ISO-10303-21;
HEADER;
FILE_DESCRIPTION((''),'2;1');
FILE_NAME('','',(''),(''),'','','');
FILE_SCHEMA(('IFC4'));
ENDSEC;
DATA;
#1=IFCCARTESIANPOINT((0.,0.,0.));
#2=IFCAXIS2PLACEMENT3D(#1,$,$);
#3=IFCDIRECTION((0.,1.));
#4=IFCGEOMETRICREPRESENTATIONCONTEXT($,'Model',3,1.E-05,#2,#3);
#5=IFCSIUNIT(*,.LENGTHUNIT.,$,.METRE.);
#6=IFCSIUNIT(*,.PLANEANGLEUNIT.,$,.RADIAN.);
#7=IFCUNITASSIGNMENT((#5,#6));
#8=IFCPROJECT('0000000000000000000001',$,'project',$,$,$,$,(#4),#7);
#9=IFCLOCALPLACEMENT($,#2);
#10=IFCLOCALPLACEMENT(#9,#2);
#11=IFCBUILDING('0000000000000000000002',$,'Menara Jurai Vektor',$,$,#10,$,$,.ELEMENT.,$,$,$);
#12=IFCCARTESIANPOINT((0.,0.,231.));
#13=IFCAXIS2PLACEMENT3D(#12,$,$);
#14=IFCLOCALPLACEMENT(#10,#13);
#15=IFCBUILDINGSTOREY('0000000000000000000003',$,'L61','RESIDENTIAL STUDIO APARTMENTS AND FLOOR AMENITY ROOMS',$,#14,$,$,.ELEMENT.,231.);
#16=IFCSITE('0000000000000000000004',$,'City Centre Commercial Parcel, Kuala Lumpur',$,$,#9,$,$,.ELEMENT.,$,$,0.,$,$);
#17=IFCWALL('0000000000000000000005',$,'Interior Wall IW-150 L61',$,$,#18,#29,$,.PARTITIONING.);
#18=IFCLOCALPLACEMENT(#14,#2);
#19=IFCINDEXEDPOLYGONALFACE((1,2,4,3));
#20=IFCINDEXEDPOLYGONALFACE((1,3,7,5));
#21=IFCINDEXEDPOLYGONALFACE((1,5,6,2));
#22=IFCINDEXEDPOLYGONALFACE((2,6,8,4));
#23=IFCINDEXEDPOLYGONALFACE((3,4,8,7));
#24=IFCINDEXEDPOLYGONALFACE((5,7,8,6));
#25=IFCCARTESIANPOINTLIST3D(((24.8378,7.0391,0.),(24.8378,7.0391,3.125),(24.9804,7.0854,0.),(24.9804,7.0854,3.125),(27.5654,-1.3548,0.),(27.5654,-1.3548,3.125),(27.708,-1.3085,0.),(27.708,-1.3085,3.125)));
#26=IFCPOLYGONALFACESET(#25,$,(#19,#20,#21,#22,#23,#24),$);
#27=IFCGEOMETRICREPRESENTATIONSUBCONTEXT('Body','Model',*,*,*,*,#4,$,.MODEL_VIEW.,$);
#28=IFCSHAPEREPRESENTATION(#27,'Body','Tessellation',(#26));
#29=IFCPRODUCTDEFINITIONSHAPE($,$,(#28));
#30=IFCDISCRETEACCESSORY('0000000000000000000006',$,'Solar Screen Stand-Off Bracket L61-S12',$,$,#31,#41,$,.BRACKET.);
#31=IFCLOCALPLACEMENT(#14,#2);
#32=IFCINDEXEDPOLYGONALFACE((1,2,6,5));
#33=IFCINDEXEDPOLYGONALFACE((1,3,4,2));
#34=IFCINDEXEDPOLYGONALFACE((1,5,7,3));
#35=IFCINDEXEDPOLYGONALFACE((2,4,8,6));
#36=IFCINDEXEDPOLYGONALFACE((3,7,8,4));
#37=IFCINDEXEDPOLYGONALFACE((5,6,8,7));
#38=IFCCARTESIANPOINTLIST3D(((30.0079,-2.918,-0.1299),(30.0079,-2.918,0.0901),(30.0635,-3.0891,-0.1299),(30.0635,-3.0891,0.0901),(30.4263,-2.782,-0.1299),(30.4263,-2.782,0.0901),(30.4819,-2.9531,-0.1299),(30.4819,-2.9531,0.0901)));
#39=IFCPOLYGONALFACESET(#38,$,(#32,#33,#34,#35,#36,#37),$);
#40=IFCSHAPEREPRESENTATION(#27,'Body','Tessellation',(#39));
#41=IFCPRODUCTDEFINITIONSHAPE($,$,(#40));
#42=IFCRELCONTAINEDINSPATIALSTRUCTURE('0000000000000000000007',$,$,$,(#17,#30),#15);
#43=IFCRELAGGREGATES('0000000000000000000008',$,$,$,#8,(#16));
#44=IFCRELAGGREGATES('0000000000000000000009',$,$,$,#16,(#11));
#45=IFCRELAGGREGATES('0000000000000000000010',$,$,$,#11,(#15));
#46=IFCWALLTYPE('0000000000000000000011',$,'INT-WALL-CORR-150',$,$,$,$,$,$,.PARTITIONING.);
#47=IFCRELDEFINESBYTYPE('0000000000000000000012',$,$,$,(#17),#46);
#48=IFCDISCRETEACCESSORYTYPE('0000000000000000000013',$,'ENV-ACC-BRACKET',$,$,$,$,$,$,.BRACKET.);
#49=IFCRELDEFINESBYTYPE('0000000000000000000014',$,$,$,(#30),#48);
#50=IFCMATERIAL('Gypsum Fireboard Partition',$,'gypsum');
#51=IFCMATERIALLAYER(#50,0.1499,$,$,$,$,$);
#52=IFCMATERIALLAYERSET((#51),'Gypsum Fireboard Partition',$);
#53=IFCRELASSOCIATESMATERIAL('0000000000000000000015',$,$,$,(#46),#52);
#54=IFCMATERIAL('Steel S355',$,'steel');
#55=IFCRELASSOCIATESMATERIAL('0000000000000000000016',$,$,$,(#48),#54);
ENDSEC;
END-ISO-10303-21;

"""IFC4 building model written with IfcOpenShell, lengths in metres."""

from ifc_helpers import new_model, si_unit, direction, frame, frame_2d, origin, origin_2d, place, context, subcontext, project, spatial, rectangle, extrude, material, layer, layer_set, type_object, element, save


model = new_model("IFC4")

# Units and contexts
model_context = context("Model", 3, precision=1e-05, world=origin(), true_north=direction((0.0, 1.0)))
body_context = subcontext(model_context, "Body", "Model", "MODEL_VIEW")
ifc_project = project(units=[si_unit("LENGTHUNIT", "METRE"), si_unit("PLANEANGLEUNIT", "RADIAN")], contexts=[model_context])

# Site, building, storey
site_placement = place(None, origin())
site = spatial("IfcSite", under=ifc_project, at=site_placement, Name="City Centre Commercial Parcel, Kuala Lumpur", CompositionType="ELEMENT", RefElevation=0.0)
building_placement = place(site_placement, origin())
building = spatial("IfcBuilding", under=site, at=building_placement, Name="Menara Jurai Vektor", CompositionType="ELEMENT")
storey_placement = place(building_placement, frame((0.0, 0.0, 231.0)))
storey = spatial("IfcBuildingStorey", under=building, at=storey_placement, Name="L61", Description="RESIDENTIAL STUDIO APARTMENTS AND FLOOR AMENITY ROOMS", CompositionType="ELEMENT", Elevation=231.0)

# Shared definitions
ifc_material_1 = material(Name="Steel S355", Category="steel")

# Wall
ifc_material_2 = material(Name="Gypsum Fireboard Partition", Category="gypsum")
ifc_layer_1 = layer(ifc_material_2, 0.1499)
ifc_layer_set_1 = layer_set([ifc_layer_1], Name="Gypsum Fireboard Partition")
wall_type = type_object("IfcWallType", Name="INT-WALL-CORR-150", PredefinedType="PARTITIONING", material=ifc_layer_set_1)
wall_placement = place(storey_placement, frame((27.6367, -1.3318, 0.0), z_axis=(0.0, 0.0, 1.0), x_axis=(-0.30904, 0.951049, 0.0)))
element("IfcWall", 1, at=wall_placement, inside=storey, type_object=wall_type, Name="Interior Wall IW-150 L61", PredefinedType="PARTITIONING", context=body_context, shape_type="SweptSolid", body=[
    extrude(rectangle(XDim=8.8259, YDim=0.1499, at=frame_2d((4.4131, 0.0))), origin(), (0.0, 0.0, 1.0), 3.125),
])

# Discrete accessory
discrete_accessory_type = type_object("IfcDiscreteAccessoryType", Name="ENV-ACC-BRACKET", PredefinedType="BRACKET", material=ifc_material_1)
discrete_accessory_placement = place(storey_placement, frame((30.2449, -2.9355, -0.1299), z_axis=(0.0, 0.0, 1.0), x_axis=(-0.309017, 0.951057, 0.0)))
element("IfcDiscreteAccessory", 2, at=discrete_accessory_placement, inside=storey, type_object=discrete_accessory_type, Name="Solar Screen Stand-Off Bracket L61-S12", PredefinedType="BRACKET", context=body_context, shape_type="SweptSolid", body=[
    extrude(rectangle(XDim=0.1799, YDim=0.4399, at=origin_2d()), origin(), (0.0, 0.0, 1.0), 0.22),
])

save(model, "model.ifc")
